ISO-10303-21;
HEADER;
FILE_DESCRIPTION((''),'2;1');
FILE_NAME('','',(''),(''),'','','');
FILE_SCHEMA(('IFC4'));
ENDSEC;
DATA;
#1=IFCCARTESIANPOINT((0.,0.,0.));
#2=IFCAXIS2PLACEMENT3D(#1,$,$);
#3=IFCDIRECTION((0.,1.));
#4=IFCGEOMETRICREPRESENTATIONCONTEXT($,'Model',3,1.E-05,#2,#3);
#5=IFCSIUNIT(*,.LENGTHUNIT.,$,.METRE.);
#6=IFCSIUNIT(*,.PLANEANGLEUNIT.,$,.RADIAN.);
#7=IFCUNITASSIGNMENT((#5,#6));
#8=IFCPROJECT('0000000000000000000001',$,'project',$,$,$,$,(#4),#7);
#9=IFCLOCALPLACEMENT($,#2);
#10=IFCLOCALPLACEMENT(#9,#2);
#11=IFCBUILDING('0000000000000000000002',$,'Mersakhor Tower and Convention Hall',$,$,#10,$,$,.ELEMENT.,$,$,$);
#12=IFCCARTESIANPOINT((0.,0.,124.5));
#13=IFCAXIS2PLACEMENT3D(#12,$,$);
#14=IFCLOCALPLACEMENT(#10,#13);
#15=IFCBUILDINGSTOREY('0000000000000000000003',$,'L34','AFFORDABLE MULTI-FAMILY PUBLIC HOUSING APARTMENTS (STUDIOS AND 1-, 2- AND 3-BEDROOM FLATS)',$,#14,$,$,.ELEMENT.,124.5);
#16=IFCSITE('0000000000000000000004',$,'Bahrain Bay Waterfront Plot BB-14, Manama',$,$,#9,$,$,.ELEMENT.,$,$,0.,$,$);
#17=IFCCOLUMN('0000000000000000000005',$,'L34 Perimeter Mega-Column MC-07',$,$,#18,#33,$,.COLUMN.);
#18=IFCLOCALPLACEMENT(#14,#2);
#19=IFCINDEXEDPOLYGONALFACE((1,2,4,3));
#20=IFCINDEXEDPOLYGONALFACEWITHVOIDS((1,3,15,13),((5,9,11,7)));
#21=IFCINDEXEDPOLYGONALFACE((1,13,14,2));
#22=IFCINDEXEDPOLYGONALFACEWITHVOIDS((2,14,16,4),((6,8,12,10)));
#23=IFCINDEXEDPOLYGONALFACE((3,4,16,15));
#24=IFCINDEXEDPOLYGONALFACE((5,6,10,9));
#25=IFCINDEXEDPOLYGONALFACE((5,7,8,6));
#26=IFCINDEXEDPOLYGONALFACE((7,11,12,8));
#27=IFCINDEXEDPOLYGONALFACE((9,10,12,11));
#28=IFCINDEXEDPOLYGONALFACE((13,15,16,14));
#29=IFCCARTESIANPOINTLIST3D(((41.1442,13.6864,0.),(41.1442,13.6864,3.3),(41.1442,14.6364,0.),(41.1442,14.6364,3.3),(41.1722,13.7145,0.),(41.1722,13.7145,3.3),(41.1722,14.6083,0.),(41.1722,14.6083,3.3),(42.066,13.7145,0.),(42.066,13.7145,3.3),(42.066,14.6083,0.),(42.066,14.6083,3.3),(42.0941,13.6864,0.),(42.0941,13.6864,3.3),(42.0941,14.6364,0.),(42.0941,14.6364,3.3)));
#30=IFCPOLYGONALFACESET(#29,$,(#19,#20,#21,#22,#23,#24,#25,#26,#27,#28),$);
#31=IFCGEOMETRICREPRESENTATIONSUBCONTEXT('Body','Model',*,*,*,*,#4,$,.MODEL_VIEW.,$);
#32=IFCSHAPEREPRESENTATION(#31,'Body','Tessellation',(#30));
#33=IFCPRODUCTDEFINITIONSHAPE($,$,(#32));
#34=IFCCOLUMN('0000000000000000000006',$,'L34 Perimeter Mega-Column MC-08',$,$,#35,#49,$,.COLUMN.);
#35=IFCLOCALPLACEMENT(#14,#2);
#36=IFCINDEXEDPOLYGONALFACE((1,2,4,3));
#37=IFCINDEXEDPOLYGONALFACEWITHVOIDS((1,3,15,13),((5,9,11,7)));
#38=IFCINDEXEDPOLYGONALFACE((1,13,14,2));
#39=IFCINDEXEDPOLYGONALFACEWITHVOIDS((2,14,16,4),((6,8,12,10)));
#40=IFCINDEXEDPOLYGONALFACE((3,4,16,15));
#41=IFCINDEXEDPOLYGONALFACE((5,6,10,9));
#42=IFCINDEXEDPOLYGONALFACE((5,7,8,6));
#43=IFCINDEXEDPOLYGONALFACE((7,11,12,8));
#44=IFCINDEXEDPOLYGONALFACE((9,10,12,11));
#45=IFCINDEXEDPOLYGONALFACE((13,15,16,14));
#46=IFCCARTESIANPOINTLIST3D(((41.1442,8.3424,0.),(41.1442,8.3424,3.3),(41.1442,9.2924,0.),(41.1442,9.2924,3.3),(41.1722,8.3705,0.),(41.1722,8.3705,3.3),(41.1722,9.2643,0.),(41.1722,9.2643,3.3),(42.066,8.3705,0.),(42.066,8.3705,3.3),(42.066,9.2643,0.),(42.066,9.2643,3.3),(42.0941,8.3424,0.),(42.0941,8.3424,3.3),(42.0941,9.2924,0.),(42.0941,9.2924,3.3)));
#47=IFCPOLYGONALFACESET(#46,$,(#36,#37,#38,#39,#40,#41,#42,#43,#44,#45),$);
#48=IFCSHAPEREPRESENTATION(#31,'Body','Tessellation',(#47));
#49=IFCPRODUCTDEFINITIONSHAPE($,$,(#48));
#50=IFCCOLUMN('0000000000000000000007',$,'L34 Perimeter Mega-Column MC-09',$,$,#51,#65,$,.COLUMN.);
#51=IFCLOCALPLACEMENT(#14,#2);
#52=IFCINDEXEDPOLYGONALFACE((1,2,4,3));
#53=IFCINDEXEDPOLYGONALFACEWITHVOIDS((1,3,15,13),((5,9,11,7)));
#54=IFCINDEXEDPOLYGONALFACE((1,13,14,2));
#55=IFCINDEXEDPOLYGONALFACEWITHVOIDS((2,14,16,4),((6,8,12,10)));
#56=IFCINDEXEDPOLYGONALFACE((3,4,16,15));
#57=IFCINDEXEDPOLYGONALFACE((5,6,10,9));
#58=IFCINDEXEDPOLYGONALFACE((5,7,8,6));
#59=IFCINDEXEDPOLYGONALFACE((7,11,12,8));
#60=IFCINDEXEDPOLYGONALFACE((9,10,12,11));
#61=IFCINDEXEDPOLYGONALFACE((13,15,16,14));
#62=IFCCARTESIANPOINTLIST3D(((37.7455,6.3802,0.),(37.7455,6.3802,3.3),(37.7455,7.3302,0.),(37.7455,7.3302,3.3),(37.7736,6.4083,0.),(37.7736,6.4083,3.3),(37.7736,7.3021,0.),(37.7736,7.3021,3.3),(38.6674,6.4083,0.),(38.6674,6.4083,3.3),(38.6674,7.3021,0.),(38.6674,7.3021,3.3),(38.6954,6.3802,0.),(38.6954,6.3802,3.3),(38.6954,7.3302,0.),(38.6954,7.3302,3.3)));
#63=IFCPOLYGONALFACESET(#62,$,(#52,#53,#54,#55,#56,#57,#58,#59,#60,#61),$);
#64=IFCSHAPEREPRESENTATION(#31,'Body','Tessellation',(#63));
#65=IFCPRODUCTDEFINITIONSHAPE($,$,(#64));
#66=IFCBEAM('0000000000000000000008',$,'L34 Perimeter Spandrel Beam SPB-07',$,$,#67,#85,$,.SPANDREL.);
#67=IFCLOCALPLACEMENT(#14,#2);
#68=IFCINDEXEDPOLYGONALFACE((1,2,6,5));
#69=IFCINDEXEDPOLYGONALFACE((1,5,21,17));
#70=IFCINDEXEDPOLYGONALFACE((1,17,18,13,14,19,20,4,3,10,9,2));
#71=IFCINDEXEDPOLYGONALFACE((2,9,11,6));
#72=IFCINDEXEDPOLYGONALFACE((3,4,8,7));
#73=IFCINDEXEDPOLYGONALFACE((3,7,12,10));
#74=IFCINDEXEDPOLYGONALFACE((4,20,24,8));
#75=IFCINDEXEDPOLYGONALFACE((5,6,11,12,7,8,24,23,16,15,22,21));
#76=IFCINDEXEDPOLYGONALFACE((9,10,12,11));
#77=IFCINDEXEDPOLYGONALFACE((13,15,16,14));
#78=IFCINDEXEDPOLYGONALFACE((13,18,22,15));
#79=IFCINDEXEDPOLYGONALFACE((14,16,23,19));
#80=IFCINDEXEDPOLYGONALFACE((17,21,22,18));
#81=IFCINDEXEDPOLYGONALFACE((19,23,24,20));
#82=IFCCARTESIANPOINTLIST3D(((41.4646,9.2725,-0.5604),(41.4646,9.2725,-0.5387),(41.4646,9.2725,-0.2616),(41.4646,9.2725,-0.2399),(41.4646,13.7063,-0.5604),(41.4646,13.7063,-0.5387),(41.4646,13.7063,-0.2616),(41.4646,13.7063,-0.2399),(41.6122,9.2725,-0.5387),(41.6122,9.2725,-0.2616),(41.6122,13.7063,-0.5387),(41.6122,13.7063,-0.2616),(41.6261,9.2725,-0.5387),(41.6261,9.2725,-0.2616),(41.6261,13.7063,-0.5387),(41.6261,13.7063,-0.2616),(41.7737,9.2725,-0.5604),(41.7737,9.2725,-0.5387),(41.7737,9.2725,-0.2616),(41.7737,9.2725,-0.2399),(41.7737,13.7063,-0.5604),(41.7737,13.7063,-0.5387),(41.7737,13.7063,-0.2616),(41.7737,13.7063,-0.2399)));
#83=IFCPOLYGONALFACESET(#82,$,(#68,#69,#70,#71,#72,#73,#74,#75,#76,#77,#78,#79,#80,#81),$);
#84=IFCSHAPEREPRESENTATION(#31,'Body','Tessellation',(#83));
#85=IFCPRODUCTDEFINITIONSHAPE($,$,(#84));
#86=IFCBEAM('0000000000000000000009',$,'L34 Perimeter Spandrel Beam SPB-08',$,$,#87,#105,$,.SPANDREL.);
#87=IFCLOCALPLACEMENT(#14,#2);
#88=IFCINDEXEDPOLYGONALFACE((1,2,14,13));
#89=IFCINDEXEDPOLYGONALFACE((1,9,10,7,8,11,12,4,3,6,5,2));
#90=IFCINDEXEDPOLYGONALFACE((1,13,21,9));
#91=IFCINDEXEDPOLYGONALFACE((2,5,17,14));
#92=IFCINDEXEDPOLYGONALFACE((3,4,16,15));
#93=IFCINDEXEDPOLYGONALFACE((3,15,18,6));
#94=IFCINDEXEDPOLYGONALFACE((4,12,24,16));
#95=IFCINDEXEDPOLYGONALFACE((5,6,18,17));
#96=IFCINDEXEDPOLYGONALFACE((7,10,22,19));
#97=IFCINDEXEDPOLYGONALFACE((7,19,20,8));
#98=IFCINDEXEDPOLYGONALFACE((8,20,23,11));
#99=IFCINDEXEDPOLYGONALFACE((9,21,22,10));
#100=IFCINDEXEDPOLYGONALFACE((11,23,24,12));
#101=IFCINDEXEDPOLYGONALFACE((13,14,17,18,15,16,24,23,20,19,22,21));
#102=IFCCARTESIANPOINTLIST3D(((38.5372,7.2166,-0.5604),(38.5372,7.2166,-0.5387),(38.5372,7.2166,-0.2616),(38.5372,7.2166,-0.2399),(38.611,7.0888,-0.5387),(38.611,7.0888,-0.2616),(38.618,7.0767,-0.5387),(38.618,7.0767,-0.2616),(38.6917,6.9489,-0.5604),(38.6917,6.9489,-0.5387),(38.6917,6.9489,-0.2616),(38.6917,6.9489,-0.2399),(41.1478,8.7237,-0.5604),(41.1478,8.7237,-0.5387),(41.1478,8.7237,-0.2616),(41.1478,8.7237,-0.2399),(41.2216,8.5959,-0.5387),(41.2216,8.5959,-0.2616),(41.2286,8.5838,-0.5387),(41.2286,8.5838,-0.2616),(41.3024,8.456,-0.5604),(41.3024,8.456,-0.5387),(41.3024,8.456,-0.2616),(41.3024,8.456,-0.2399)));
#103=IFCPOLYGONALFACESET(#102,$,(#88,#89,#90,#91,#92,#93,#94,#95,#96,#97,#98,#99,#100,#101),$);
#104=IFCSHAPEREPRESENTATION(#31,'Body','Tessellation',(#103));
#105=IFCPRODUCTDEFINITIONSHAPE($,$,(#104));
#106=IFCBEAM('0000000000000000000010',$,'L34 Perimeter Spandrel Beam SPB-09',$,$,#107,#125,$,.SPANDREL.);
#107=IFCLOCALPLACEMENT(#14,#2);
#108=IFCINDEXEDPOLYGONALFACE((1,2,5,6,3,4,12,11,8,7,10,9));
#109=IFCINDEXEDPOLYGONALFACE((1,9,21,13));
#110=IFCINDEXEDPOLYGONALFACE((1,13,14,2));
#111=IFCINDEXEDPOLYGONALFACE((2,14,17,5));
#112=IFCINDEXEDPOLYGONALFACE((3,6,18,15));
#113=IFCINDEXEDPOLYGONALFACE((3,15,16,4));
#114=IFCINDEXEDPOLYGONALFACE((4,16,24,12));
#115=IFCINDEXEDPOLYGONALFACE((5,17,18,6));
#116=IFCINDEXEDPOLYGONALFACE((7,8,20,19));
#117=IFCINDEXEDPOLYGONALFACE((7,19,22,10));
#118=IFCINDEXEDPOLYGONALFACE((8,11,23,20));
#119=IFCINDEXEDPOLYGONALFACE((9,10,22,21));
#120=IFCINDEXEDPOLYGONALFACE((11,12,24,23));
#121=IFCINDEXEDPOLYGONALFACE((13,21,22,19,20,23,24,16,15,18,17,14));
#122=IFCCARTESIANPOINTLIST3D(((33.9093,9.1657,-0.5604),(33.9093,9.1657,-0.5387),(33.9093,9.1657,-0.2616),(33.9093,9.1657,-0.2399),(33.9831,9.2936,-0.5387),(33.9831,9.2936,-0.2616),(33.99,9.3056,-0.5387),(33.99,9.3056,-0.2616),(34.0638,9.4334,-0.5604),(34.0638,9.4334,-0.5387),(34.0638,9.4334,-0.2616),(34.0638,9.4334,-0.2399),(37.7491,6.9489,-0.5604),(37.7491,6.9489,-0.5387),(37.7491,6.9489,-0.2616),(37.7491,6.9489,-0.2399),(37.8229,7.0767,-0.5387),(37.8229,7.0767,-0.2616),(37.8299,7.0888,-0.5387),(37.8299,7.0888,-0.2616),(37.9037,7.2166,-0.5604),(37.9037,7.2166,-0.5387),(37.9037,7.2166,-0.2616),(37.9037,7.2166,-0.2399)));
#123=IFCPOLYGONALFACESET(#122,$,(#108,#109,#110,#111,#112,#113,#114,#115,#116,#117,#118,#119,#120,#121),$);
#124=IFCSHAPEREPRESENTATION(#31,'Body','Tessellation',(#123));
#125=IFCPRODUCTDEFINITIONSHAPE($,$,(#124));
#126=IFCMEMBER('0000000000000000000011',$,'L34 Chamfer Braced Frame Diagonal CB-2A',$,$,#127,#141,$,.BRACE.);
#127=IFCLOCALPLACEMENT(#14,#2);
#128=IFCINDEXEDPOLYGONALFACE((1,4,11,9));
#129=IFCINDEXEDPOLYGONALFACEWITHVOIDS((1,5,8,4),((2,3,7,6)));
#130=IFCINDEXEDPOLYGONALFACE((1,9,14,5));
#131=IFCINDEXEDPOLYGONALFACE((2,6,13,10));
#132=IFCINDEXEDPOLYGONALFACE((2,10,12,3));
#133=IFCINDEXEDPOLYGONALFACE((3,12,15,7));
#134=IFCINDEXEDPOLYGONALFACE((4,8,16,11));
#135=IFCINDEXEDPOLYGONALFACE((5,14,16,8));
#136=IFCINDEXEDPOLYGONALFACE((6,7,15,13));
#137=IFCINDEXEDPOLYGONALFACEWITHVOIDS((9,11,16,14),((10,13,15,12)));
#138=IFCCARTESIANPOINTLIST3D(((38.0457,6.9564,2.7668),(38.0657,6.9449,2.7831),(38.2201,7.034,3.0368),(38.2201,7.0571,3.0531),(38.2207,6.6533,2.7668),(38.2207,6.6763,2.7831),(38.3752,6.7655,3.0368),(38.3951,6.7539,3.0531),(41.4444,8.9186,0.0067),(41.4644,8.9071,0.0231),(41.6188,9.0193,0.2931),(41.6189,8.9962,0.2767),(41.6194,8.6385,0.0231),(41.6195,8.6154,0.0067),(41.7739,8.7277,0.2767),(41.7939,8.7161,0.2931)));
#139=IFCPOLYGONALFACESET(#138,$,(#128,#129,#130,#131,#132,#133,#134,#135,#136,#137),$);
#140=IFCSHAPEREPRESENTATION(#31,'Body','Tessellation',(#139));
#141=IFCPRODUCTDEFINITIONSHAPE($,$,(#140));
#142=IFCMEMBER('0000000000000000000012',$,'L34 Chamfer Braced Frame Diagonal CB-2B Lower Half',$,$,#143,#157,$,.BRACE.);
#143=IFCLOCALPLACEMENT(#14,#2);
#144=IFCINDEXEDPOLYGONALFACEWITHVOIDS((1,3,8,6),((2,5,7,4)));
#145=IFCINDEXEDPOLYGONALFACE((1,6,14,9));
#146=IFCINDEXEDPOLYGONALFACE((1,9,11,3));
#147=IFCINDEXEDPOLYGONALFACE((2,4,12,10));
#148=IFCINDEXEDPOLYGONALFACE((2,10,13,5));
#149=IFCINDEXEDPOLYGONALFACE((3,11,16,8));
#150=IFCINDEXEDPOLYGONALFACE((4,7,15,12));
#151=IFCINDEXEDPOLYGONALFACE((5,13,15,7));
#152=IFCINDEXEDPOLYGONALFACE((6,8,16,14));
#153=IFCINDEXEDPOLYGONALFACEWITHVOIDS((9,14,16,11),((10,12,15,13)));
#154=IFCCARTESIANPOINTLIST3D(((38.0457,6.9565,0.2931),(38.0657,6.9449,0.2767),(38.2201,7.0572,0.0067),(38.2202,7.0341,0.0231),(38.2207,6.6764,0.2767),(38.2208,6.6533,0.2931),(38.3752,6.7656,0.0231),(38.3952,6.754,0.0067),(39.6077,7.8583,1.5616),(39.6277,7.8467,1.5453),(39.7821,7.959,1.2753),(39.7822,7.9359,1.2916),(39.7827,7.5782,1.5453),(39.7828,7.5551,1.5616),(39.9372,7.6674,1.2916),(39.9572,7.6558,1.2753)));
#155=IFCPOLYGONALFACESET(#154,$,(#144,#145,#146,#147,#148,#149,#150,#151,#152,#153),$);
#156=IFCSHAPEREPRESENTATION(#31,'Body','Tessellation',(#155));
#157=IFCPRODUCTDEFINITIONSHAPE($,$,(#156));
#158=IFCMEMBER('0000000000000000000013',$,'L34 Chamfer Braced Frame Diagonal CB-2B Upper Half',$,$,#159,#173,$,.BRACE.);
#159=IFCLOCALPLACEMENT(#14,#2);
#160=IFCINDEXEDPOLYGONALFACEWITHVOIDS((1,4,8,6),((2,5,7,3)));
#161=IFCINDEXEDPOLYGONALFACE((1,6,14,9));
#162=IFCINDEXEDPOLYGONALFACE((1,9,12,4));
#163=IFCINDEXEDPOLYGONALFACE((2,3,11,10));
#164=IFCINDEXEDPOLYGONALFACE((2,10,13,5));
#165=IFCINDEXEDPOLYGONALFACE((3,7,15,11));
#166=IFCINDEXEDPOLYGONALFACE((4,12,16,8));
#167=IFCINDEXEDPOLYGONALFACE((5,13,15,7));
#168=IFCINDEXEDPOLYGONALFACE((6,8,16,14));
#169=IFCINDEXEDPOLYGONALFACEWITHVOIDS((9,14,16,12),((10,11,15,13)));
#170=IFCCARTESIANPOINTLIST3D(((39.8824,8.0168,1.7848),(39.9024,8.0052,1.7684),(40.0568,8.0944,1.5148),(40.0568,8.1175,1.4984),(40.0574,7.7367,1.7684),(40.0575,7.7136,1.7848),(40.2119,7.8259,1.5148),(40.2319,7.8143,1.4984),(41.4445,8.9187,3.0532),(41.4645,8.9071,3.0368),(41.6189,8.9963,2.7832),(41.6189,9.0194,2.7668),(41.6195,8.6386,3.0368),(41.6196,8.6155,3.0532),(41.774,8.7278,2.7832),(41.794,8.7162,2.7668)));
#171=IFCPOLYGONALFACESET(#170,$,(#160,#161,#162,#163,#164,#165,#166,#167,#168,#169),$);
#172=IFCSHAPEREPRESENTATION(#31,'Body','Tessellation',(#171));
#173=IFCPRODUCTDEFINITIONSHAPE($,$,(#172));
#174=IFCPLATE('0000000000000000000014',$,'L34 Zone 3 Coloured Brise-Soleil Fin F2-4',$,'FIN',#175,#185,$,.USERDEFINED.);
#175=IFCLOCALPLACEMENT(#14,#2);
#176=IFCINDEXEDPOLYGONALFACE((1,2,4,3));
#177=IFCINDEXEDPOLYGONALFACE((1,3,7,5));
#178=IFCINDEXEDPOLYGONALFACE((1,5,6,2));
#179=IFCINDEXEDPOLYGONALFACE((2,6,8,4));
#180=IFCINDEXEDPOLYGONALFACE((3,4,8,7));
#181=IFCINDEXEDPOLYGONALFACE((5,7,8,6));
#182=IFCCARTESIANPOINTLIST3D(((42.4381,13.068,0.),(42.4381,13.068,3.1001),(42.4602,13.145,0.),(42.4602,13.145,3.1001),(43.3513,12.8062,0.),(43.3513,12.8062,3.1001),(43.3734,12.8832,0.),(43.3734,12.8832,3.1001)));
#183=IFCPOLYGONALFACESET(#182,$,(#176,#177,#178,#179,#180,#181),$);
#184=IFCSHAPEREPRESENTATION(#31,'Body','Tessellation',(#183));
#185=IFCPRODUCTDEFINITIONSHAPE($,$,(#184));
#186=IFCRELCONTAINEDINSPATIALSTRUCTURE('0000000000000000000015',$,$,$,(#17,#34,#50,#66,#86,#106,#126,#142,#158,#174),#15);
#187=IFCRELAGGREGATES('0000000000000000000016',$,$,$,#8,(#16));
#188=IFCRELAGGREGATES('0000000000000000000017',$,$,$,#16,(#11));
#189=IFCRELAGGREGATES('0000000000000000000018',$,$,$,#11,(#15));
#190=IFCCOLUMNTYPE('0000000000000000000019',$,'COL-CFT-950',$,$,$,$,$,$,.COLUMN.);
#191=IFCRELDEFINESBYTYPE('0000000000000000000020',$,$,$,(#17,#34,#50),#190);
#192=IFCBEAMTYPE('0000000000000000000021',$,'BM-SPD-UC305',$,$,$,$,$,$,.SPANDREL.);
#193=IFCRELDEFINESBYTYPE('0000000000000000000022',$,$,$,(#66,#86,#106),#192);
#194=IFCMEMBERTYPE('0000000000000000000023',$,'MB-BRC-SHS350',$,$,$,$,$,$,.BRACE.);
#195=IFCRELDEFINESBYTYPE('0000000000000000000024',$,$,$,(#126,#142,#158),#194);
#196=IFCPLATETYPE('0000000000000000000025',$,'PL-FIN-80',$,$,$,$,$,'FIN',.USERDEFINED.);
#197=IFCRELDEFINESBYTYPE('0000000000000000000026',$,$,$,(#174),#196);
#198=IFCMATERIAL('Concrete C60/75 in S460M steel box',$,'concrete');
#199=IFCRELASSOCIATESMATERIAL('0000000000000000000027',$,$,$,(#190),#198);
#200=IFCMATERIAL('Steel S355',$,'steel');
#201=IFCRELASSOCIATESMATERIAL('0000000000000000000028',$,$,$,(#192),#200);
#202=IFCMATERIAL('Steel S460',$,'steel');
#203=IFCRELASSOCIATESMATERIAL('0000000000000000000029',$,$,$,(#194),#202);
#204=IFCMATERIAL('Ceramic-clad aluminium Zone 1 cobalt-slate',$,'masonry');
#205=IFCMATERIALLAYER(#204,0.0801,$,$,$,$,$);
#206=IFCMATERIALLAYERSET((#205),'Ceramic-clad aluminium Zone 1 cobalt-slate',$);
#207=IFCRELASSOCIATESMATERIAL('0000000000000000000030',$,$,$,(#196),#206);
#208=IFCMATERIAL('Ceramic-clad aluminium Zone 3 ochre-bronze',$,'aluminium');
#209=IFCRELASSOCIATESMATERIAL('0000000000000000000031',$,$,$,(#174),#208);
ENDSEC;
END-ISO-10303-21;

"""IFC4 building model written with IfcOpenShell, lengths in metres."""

from ifc_helpers import new_model, si_unit, direction, frame, origin, origin_2d, place, context, subcontext, project, spatial, rectangle, hollow_rectangle, i_section, extrude, material, layer, layer_set, material_profile, profile_set, type_object, element, save


model = new_model("IFC4")

# Units and contexts
model_context = context("Model", 3, precision=1e-05, world=origin(), true_north=direction((0.0, 1.0)))
body_context = subcontext(model_context, "Body", "Model", "MODEL_VIEW")
ifc_project = project(units=[si_unit("LENGTHUNIT", "METRE"), si_unit("PLANEANGLEUNIT", "RADIAN")], contexts=[model_context])

# Site, building, storey
site_placement = place(None, origin())
site = spatial("IfcSite", under=ifc_project, at=site_placement, Name="Bahrain Bay Waterfront Plot BB-14, Manama", CompositionType="ELEMENT", RefElevation=0.0)
building_placement = place(site_placement, origin())
building = spatial("IfcBuilding", under=site, at=building_placement, Name="Mersakhor Tower and Convention Hall", CompositionType="ELEMENT")
storey_placement = place(building_placement, frame((0.0, 0.0, 124.5)))
storey = spatial("IfcBuildingStorey", under=building, at=storey_placement, Name="L34", Description="AFFORDABLE MULTI-FAMILY PUBLIC HOUSING APARTMENTS (STUDIOS AND 1-, 2- AND 3-BEDROOM FLATS)", CompositionType="ELEMENT", Elevation=124.5)

# Columns
ifc_material_1 = material(Name="Concrete C60/75 in S460M steel box", Category="concrete")
ifc_material_profile_1 = material_profile(ifc_material_1, hollow_rectangle(XDim=0.95, YDim=0.95, WallThickness=0.0281, at=origin_2d()), Name="SHS 950x950x28")
ifc_profile_set_1 = profile_set([ifc_material_profile_1], Name="Concrete C60/75 in S460M steel box")
column_type = type_object("IfcColumnType", Name="COL-CFT-950", PredefinedType="COLUMN", material=ifc_profile_set_1)
for number, where, z_axis, x_axis, name in (
    (1, (41.6191, 14.1614, 0.0), (0.0, 0.0, 1.0), (1.0, 0.0, 0.0), "L34 Perimeter Mega-Column MC-07"),
    (2, (41.6191, 8.8174, 0.0), (0.0, 0.0, 1.0), (1.0, 0.0, 0.0), "L34 Perimeter Mega-Column MC-08"),
    (3, (38.2205, 6.8552, 0.0), (0.0, 0.0, 1.0), (1.0, 0.0, 0.0), "L34 Perimeter Mega-Column MC-09"),
):
    element("IfcColumn", number, at=place(storey_placement, frame(where, z_axis=z_axis, x_axis=x_axis)), inside=storey, type_object=column_type, Name=name, PredefinedType="COLUMN", context=body_context, shape_type="SweptSolid", body=[
        extrude(hollow_rectangle(XDim=0.95, YDim=0.95, WallThickness=0.0281, at=origin_2d()), origin(), (0.0, 0.0, 1.0), 3.3),
    ])

# Beams
ifc_material_2 = material(Name="Steel S355", Category="steel")
ifc_material_profile_2 = material_profile(ifc_material_2, i_section(OverallWidth=0.3091, OverallDepth=0.3206, WebThickness=0.0139, FlangeThickness=0.0217, at=origin_2d()), Name="UC 305x305x137")
ifc_profile_set_2 = profile_set([ifc_material_profile_2], Name="Steel S355")
beam_type = type_object("IfcBeamType", Name="BM-SPD-UC305", PredefinedType="SPANDREL", material=ifc_profile_set_2)
beam_1_placement = place(storey_placement, frame((41.6191, 13.7063, -0.4001), z_axis=(0.0, -1.0, 0.0), x_axis=(1.0, 0.0, 0.0)))
element("IfcBeam", 4, at=beam_1_placement, inside=storey, type_object=beam_type, Name="L34 Perimeter Spandrel Beam SPB-07", PredefinedType="SPANDREL", context=body_context, shape_type="SweptSolid", body=[
    extrude(i_section(OverallWidth=0.3091, OverallDepth=0.3206, WebThickness=0.0139, FlangeThickness=0.0217, at=origin_2d()), origin(), (0.0, 0.0, 1.0), 4.4338),
])
beam_2_placement = place(storey_placement, frame((41.2251, 8.5898, -0.4001), z_axis=(-0.866047, -0.499963, 0.0), x_axis=(0.499963, -0.866047, 0.0)))
element("IfcBeam", 5, at=beam_2_placement, inside=storey, type_object=beam_type, Name="L34 Perimeter Spandrel Beam SPB-08", PredefinedType="SPANDREL", context=body_context, shape_type="SweptSolid", body=[
    extrude(i_section(OverallWidth=0.3091, OverallDepth=0.3206, WebThickness=0.0139, FlangeThickness=0.0217, at=origin_2d()), origin(), (0.0, 0.0, 1.0), 3.0144),
])
beam_3_placement = place(storey_placement, frame((37.8264, 7.0828, -0.4001), z_axis=(-0.866039, 0.499977, 0.0), x_axis=(-0.499977, -0.866039, 0.0)))
element("IfcBeam", 6, at=beam_3_placement, inside=storey, type_object=beam_type, Name="L34 Perimeter Spandrel Beam SPB-09", PredefinedType="SPANDREL", context=body_context, shape_type="SweptSolid", body=[
    extrude(i_section(OverallWidth=0.3091, OverallDepth=0.3206, WebThickness=0.0139, FlangeThickness=0.0217, at=origin_2d()), origin(), (0.0, 0.0, 1.0), 4.4338),
])

# Members
ifc_material_3 = material(Name="Steel S460", Category="steel")
ifc_material_profile_3 = material_profile(ifc_material_3, hollow_rectangle(XDim=0.3501, YDim=0.3501, WallThickness=0.02, at=origin_2d()), Name="SHS 350x350x20")
ifc_profile_set_3 = profile_set([ifc_material_profile_3], Name="Steel S460")
member_type = type_object("IfcMemberType", Name="MB-BRC-SHS350", PredefinedType="BRACE", material=ifc_profile_set_3)
member_placement = place(storey_placement, frame((41.6191, 8.8174, 0.1499), z_axis=(-0.708385, -0.408972, 0.575267), x_axis=(0.499986, -0.866033, 0.0)))
element("IfcMember", 7, at=member_placement, inside=storey, type_object=member_type, Name="L34 Chamfer Braced Frame Diagonal CB-2A", PredefinedType="BRACE", context=body_context, shape_type="SweptSolid", body=[
    extrude(hollow_rectangle(XDim=0.3501, YDim=0.3501, WallThickness=0.02, at=origin_2d()), origin(), (0.0, 0.0, 1.0), 4.7979),
])
for number, where, z_axis, x_axis, name in (
    (8, (38.2205, 6.8552, 0.1499), (0.708364, 0.408987, 0.575283), (-0.500011, 0.866019, 0.0), "L34 Chamfer Braced Frame Diagonal CB-2B Lower Half"),
    (9, (40.0571, 7.9155, 1.6416), (0.708409, 0.409013, 0.575209), (-0.500011, 0.866019, 0.0), "L34 Chamfer Braced Frame Diagonal CB-2B Upper Half"),
):
    element("IfcMember", number, at=place(storey_placement, frame(where, z_axis=z_axis, x_axis=x_axis)), inside=storey, type_object=member_type, Name=name, PredefinedType="BRACE", context=body_context, shape_type="SweptSolid", body=[
        extrude(hollow_rectangle(XDim=0.3501, YDim=0.3501, WallThickness=0.02, at=origin_2d()), origin(), (0.0, 0.0, 1.0), 2.2051),
    ])

# Plate
ifc_material_4 = material(Name="Ceramic-clad aluminium Zone 3 ochre-bronze", Category="aluminium")
ifc_material_5 = material(Name="Ceramic-clad aluminium Zone 1 cobalt-slate", Category="masonry")
ifc_layer_1 = layer(ifc_material_5, 0.0801)
ifc_layer_set_1 = layer_set([ifc_layer_1], Name="Ceramic-clad aluminium Zone 1 cobalt-slate")
plate_type_1 = type_object("IfcPlateType", Name="PL-FIN-80", ElementType="FIN", PredefinedType="USERDEFINED", material=ifc_layer_set_1)
plate_1_placement = place(storey_placement, frame((42.9058, 12.9756, 0.0), z_axis=(0.0, 0.0, 1.0), x_axis=(0.961262, -0.275637, 0.0)))
element("IfcPlate", 10, at=plate_1_placement, inside=storey, type_object=plate_type_1, material=ifc_material_4, Name="L34 Zone 3 Coloured Brise-Soleil Fin F2-4", ObjectType="FIN", PredefinedType="USERDEFINED", context=body_context, shape_type="SweptSolid", body=[
    extrude(rectangle(XDim=0.95, YDim=0.0801, at=origin_2d()), origin(), (0.0, 0.0, 1.0), 3.1001),
])

save(model, "model.ifc")
